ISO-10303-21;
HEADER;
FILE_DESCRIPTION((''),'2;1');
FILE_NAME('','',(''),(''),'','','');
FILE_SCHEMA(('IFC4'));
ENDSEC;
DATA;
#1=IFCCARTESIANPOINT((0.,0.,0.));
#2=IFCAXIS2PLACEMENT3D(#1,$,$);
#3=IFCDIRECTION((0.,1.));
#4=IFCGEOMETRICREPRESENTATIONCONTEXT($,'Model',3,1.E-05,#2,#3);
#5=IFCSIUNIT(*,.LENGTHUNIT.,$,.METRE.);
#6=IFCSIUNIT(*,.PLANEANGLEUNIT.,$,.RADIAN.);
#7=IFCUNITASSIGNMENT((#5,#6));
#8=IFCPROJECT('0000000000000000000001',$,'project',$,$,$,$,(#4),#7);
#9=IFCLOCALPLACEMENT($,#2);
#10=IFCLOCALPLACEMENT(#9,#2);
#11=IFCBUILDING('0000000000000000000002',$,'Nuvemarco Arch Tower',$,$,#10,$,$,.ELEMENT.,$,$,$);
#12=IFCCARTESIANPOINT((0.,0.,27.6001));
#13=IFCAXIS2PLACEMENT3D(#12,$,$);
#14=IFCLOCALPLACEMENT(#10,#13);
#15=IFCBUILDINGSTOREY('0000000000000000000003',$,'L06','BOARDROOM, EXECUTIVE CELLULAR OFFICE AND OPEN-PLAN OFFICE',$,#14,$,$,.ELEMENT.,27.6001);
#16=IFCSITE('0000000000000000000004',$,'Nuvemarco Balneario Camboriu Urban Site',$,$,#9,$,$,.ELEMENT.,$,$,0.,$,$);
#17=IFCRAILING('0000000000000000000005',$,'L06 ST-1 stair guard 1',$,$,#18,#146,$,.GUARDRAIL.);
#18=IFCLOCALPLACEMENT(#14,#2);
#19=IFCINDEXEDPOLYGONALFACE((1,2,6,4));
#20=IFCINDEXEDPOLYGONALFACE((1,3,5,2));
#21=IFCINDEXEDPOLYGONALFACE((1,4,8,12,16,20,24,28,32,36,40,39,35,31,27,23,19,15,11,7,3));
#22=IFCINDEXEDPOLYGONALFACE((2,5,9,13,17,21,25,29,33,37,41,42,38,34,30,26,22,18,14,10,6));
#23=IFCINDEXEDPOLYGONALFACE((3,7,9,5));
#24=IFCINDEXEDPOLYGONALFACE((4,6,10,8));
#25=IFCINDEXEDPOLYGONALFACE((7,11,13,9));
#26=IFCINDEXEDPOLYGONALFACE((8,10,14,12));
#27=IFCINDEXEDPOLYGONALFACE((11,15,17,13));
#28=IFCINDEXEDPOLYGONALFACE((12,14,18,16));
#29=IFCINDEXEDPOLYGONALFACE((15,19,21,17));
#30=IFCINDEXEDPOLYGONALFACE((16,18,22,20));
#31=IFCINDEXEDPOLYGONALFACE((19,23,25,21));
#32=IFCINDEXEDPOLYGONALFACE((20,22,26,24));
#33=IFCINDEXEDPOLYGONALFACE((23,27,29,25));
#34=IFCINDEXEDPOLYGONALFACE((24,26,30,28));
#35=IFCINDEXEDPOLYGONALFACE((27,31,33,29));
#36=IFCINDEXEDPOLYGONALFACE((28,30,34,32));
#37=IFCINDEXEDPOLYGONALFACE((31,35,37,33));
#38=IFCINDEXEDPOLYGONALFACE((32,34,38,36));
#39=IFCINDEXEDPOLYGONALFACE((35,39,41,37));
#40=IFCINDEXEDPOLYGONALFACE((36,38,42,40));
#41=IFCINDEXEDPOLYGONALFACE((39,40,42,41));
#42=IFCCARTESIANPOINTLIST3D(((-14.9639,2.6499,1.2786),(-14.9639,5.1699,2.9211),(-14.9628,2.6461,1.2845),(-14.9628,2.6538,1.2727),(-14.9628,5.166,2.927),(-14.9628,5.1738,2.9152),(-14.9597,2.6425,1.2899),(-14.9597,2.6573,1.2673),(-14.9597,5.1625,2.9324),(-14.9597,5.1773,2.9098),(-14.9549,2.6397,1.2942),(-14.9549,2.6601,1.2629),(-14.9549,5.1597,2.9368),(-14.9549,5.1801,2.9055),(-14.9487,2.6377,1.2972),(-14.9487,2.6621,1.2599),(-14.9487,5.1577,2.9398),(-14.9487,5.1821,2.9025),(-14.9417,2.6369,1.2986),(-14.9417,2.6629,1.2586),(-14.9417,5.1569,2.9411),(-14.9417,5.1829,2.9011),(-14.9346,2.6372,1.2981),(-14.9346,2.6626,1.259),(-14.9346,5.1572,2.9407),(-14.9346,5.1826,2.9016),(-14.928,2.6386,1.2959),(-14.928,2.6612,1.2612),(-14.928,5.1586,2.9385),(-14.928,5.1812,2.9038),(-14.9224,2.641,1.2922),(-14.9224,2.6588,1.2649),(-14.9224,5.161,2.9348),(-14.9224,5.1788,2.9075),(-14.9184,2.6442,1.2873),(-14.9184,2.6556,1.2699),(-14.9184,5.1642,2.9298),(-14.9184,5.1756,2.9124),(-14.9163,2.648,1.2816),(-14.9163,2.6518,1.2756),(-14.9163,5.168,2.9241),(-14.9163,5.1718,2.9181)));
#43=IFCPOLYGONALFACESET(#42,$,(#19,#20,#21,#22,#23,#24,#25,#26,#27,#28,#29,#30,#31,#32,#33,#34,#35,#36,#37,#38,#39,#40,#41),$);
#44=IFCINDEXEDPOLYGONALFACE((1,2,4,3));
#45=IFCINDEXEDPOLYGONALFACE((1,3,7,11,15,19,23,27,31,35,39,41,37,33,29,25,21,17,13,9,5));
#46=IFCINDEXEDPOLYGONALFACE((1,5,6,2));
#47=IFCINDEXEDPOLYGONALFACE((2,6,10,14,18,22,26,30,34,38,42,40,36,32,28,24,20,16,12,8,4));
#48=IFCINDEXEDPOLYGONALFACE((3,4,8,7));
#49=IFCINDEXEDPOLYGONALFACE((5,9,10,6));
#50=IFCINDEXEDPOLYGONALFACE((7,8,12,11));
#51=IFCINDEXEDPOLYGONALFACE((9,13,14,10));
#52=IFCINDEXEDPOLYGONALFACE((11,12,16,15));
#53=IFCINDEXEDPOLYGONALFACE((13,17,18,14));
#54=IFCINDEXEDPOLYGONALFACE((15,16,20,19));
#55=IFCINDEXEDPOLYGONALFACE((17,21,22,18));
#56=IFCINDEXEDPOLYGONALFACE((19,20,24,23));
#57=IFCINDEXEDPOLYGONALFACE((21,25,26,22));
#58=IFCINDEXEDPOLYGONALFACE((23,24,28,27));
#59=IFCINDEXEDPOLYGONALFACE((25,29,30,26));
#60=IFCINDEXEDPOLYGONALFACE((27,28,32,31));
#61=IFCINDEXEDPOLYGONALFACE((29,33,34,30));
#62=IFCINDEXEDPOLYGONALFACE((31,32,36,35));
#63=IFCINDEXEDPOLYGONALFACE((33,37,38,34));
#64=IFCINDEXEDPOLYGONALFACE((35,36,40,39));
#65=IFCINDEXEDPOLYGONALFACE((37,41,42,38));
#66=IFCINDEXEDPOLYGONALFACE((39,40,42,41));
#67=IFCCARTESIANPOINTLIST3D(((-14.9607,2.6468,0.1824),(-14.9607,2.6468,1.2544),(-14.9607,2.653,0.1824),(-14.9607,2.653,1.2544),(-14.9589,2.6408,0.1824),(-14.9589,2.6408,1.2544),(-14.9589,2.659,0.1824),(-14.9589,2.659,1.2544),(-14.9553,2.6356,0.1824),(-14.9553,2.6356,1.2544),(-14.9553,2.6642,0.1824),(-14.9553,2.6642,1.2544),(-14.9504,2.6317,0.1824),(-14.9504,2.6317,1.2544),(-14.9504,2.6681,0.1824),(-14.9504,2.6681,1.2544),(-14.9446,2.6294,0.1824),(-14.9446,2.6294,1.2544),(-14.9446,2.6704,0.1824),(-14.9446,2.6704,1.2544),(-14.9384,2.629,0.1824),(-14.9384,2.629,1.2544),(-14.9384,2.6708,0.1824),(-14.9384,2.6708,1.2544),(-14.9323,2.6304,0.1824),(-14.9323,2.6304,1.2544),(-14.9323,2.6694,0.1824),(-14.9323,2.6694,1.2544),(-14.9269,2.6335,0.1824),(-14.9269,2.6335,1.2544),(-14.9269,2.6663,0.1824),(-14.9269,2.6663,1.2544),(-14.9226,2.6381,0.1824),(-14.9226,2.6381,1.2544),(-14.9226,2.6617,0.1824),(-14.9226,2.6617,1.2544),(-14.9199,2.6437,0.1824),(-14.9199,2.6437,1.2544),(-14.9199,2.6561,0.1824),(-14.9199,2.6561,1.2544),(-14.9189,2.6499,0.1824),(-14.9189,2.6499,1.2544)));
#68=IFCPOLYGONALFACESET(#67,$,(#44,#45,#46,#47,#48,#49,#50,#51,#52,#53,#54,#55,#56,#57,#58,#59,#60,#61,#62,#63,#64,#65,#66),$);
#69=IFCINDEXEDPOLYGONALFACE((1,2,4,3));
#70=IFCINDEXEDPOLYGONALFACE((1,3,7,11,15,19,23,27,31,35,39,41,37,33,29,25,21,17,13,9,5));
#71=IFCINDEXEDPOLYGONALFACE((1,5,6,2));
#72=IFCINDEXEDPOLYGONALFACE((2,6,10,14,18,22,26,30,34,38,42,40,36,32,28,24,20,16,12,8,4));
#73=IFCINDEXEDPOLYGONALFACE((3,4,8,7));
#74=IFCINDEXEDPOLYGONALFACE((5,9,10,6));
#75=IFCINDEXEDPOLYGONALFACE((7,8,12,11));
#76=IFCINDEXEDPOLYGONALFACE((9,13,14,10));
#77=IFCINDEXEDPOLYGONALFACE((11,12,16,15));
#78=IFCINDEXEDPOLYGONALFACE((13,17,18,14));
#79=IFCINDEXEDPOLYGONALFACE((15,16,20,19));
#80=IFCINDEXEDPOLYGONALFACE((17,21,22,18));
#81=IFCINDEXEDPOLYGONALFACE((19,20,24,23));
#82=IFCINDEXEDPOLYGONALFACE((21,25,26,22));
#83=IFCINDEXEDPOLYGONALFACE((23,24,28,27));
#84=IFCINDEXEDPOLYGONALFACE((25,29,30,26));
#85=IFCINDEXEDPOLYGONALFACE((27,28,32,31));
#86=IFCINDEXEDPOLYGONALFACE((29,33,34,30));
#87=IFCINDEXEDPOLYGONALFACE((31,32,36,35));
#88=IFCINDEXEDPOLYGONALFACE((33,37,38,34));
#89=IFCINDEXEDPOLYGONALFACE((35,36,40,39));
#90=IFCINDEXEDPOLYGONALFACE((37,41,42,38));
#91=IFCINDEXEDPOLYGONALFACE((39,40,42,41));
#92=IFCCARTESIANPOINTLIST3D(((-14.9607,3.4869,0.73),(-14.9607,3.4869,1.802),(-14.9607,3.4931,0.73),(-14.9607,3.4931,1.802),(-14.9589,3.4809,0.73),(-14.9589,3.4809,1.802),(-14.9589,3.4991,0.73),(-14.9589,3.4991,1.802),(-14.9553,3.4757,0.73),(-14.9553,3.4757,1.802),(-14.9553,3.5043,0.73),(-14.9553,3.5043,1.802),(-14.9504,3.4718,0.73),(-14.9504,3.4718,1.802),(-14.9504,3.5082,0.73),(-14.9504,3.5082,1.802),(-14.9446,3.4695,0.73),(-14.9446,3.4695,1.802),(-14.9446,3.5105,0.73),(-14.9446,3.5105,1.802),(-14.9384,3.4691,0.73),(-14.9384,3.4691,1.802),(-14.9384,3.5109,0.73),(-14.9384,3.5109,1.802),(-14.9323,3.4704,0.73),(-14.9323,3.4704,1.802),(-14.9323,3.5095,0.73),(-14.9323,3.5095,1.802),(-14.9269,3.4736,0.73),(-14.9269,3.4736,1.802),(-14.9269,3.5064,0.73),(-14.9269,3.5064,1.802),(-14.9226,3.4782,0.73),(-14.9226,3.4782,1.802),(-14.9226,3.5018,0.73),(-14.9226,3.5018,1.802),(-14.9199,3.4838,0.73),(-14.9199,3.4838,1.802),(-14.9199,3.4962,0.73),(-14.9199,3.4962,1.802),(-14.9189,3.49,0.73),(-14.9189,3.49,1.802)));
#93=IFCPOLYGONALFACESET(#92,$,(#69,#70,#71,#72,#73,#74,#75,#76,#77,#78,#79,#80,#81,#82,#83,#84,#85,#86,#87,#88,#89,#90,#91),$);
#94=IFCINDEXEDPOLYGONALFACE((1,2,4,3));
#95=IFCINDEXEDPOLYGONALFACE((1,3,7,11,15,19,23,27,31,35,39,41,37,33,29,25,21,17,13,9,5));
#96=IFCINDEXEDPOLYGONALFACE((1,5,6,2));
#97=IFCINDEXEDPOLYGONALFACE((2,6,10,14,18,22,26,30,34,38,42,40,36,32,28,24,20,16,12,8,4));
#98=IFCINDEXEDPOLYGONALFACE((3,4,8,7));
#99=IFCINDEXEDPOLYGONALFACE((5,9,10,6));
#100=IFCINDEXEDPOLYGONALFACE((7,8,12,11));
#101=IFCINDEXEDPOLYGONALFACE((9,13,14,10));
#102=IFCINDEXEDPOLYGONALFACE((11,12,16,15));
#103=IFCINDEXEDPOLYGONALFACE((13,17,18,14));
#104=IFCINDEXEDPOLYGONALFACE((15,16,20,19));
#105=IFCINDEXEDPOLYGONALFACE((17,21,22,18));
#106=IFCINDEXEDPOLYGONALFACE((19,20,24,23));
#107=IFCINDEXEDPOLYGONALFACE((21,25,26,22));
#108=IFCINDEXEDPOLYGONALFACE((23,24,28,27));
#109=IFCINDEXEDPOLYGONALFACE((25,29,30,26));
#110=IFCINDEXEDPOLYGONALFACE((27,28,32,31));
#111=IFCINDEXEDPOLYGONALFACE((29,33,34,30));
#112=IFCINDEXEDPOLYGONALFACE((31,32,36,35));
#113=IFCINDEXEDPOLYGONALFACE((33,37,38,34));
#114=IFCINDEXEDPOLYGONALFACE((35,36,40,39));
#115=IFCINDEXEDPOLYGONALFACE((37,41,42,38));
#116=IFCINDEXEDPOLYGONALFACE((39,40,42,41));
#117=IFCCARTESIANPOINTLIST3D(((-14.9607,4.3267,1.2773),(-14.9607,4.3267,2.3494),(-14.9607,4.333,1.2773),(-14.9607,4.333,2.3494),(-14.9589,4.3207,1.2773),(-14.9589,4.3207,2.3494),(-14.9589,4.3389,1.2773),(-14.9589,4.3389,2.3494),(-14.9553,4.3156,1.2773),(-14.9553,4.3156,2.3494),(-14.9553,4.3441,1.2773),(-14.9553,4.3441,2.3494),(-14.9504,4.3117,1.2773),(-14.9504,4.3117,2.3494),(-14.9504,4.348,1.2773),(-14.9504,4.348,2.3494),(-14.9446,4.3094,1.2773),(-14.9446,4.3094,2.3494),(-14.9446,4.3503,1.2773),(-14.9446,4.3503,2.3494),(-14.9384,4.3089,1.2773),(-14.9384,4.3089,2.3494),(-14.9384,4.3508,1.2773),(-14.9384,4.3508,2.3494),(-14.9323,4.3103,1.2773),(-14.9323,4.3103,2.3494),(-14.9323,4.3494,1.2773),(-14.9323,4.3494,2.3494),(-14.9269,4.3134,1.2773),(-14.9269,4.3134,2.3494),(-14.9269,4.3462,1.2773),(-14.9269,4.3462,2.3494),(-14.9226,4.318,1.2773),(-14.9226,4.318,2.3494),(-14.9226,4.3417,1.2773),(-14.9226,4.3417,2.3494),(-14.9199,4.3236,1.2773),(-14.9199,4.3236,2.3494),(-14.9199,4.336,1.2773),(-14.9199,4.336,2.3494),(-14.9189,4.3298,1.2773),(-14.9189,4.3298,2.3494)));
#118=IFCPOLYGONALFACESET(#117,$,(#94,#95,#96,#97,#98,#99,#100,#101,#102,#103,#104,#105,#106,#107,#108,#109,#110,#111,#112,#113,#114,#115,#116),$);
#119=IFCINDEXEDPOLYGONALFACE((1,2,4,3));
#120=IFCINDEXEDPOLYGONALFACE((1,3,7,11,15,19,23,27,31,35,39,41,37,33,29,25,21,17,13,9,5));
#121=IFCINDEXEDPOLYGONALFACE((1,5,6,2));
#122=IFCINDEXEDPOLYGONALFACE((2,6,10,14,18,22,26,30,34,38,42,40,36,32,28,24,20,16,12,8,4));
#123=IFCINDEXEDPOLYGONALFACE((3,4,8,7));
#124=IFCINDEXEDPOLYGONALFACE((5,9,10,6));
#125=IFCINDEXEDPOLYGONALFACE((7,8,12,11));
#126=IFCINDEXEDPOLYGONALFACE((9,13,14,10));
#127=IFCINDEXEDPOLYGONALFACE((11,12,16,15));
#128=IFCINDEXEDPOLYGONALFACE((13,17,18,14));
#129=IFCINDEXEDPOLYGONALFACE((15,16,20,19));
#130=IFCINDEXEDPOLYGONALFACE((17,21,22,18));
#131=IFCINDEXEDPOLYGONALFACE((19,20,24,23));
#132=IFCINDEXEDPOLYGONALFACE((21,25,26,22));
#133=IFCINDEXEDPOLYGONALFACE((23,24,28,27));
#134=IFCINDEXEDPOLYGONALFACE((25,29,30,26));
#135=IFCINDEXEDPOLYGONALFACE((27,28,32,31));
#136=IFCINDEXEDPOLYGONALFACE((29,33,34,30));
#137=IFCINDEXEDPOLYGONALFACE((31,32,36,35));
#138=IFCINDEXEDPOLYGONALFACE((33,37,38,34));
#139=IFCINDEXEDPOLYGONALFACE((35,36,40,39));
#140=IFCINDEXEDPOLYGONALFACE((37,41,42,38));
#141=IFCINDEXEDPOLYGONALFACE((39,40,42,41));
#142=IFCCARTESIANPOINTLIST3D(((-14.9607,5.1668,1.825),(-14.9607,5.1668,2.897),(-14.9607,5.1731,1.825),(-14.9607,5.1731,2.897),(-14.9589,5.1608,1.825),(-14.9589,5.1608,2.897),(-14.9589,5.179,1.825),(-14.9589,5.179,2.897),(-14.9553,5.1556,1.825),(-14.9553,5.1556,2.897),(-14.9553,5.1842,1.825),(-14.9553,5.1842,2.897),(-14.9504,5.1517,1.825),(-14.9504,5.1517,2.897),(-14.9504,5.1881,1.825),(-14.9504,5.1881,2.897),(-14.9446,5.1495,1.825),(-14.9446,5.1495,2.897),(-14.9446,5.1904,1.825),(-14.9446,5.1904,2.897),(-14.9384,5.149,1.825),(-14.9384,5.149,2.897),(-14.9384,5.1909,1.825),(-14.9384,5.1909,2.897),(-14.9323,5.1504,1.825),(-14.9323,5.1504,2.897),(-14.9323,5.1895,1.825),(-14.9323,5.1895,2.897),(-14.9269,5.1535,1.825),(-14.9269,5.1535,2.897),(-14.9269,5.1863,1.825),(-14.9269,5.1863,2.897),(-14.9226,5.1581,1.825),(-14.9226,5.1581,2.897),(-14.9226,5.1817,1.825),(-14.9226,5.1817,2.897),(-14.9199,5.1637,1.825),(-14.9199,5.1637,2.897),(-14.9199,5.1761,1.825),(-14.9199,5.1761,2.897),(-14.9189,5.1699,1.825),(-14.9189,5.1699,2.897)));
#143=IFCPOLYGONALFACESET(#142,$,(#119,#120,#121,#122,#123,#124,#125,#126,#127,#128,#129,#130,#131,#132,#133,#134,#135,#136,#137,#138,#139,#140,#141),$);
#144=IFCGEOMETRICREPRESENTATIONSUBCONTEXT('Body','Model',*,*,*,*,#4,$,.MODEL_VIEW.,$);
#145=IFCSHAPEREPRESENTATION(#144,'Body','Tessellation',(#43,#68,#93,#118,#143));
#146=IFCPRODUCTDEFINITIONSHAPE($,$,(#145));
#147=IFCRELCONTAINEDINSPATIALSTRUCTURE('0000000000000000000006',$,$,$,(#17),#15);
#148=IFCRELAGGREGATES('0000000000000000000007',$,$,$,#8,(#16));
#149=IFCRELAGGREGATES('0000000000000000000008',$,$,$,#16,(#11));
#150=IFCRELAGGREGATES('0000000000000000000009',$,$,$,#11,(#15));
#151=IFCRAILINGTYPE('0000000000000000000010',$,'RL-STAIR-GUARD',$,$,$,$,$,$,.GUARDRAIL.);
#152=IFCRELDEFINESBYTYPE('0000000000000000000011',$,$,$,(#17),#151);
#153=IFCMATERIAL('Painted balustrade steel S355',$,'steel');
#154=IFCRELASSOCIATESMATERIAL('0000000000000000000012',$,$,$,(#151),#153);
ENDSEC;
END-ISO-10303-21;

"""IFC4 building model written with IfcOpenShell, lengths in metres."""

from ifc_helpers import new_model, si_unit, direction, frame, origin, origin_2d, place, context, subcontext, project, spatial, circle, extrude, material, type_object, element, save


model = new_model("IFC4")

# Units and contexts
model_context = context("Model", 3, precision=1e-05, world=origin(), true_north=direction((0.0, 1.0)))
body_context = subcontext(model_context, "Body", "Model", "MODEL_VIEW")
ifc_project = project(units=[si_unit("LENGTHUNIT", "METRE"), si_unit("PLANEANGLEUNIT", "RADIAN")], contexts=[model_context])

# Site, building, storey
site_placement = place(None, origin())
site = spatial("IfcSite", under=ifc_project, at=site_placement, Name="Nuvemarco Balneario Camboriu Urban Site", CompositionType="ELEMENT", RefElevation=0.0)
building_placement = place(site_placement, origin())
building = spatial("IfcBuilding", under=site, at=building_placement, Name="Nuvemarco Arch Tower", CompositionType="ELEMENT")
storey_placement = place(building_placement, frame((0.0, 0.0, 27.6001)))
storey = spatial("IfcBuildingStorey", under=building, at=storey_placement, Name="L06", Description="BOARDROOM, EXECUTIVE CELLULAR OFFICE AND OPEN-PLAN OFFICE", CompositionType="ELEMENT", Elevation=27.6001)

# Railing
ifc_material_1 = material(Name="Painted balustrade steel S355", Category="steel")
railing_type_1 = type_object("IfcRailingType", Name="RL-STAIR-GUARD", PredefinedType="GUARDRAIL", material=ifc_material_1)
railing_1_placement = place(storey_placement, frame((-14.9399, 2.6499, 0.1824)))
element("IfcRailing", 1, at=railing_1_placement, inside=storey, type_object=railing_type_1, Name="L06 ST-1 stair guard 1", PredefinedType="GUARDRAIL", context=body_context, shape_type="SweptSolid", body=[
    extrude(circle(Radius=0.0239, at=origin_2d()), frame((0.0, 0.0, 1.0962), z_axis=(0.0, 0.837749, 0.546055), x_axis=(-1.0, 0.0, 0.0)), (0.0, 0.0, 1.0), 3.0081),
    extrude(circle(Radius=0.021, at=origin_2d()), origin(), (0.0, 0.0, 1.0), 1.072),
    extrude(circle(Radius=0.021, at=origin_2d()), frame((0.0, 0.8401, 0.5476)), (0.0, 0.0, 1.0), 1.072),
    extrude(circle(Radius=0.021, at=origin_2d()), frame((0.0, 1.6799, 1.095)), (0.0, 0.0, 1.0), 1.072),
    extrude(circle(Radius=0.021, at=origin_2d()), frame((0.0, 2.52, 1.6426)), (0.0, 0.0, 1.0), 1.072),
])

save(model, "model.ifc")
